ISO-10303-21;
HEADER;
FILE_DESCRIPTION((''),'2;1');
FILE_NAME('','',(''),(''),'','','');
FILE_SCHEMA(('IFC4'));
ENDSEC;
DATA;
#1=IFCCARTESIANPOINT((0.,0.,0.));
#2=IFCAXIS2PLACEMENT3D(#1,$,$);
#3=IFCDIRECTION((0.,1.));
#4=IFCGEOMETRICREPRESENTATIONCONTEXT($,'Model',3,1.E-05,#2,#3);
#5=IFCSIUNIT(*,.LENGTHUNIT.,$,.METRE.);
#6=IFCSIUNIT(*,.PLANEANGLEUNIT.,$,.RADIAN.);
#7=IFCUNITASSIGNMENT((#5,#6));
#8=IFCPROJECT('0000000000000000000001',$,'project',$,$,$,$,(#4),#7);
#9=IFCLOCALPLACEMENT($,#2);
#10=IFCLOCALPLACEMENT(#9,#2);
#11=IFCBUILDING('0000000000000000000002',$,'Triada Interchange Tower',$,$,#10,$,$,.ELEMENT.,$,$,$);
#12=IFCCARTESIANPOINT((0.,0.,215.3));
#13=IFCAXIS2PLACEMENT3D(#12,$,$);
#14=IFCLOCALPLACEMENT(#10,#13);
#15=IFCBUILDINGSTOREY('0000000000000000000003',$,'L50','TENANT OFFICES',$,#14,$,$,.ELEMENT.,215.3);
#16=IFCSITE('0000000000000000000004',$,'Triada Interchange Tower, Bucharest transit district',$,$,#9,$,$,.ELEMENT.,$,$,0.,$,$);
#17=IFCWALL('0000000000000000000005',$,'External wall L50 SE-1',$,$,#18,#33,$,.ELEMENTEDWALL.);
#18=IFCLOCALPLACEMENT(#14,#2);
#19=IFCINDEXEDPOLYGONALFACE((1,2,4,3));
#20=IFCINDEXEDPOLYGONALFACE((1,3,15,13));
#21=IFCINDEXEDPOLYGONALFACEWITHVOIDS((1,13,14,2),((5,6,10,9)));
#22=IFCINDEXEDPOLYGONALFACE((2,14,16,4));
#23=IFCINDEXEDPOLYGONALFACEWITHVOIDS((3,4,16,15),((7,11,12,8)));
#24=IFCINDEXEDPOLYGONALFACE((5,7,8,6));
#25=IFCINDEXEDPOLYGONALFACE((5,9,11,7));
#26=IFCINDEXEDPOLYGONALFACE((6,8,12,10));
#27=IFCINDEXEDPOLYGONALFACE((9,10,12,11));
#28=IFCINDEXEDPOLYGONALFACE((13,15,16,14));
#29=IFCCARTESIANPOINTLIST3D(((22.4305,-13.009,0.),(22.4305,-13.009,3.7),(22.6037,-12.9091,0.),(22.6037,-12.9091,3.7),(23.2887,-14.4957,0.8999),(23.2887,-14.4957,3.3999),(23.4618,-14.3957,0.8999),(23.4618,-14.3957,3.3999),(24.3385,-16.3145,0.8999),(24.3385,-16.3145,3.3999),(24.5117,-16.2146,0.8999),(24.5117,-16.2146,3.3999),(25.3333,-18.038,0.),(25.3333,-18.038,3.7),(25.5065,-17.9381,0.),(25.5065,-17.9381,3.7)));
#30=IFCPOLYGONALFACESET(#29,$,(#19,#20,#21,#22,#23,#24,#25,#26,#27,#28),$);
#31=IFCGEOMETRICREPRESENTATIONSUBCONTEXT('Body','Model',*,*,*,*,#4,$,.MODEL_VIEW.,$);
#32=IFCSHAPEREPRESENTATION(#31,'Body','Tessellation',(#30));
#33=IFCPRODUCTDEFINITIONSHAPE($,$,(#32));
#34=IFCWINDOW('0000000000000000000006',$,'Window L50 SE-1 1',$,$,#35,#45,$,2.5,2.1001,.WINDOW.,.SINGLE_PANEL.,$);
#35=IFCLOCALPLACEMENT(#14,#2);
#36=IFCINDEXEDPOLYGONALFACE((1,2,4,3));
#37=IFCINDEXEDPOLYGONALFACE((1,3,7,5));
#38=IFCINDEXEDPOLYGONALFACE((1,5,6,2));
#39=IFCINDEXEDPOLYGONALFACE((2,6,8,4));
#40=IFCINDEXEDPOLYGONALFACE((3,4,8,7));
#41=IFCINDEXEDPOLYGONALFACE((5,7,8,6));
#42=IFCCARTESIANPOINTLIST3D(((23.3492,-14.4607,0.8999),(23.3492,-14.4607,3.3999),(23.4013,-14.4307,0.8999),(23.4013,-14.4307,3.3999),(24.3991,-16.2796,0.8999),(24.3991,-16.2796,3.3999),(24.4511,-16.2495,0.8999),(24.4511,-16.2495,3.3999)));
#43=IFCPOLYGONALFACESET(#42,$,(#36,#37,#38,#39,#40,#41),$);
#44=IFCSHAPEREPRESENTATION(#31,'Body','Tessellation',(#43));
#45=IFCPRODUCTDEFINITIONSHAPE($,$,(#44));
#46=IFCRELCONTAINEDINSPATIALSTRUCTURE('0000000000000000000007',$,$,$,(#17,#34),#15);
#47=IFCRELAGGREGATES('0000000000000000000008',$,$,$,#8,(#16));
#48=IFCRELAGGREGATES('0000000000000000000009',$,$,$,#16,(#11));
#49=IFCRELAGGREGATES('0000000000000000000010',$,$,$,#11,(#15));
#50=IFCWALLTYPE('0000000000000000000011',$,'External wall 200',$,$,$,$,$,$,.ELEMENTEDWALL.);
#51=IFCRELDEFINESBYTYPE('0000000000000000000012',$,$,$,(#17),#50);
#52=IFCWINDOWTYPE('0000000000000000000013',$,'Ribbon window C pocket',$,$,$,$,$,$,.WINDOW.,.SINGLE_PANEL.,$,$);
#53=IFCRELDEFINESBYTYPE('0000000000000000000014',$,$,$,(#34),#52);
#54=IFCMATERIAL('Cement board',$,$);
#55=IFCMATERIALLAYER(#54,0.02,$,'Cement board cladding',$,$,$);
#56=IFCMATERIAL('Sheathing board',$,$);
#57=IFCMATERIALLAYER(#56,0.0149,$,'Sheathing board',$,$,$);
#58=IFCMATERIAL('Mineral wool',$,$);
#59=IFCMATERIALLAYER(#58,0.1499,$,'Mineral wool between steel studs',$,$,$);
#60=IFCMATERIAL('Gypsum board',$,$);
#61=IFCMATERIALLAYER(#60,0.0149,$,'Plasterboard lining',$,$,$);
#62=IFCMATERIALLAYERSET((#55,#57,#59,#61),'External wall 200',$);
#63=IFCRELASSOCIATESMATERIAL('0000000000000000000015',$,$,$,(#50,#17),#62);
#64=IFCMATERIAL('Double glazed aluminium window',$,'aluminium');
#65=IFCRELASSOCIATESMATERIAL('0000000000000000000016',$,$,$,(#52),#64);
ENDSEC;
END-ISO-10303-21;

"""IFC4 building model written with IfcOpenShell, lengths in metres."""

from ifc_helpers import new_model, si_unit, direction, frame, frame_2d, origin, place, context, subcontext, project, spatial, rectangle, extrude, material, layer, layer_set, layer_usage, type_object, element, fill, save


model = new_model("IFC4")

# Units and contexts
model_context = context("Model", 3, precision=1e-05, world=origin(), true_north=direction((0.0, 1.0)))
body_context = subcontext(model_context, "Body", "Model", "MODEL_VIEW")
ifc_project = project(units=[si_unit("LENGTHUNIT", "METRE"), si_unit("PLANEANGLEUNIT", "RADIAN")], contexts=[model_context])

# Site, building, storey
site_placement = place(None, origin())
site = spatial("IfcSite", under=ifc_project, at=site_placement, Name="Triada Interchange Tower, Bucharest transit district", CompositionType="ELEMENT", RefElevation=0.0)
building_placement = place(site_placement, origin())
building = spatial("IfcBuilding", under=site, at=building_placement, Name="Triada Interchange Tower", CompositionType="ELEMENT")
storey_placement = place(building_placement, frame((0.0, 0.0, 215.3)))
storey = spatial("IfcBuildingStorey", under=building, at=storey_placement, Name="L50", Description="TENANT OFFICES", CompositionType="ELEMENT", Elevation=215.3)

# Wall, opening, window
ifc_material_1 = material(Name="Cement board")
ifc_layer_1 = layer(ifc_material_1, 0.02, Name="Cement board cladding")
ifc_material_2 = material(Name="Sheathing board")
ifc_layer_2 = layer(ifc_material_2, 0.0149, Name="Sheathing board")
ifc_material_3 = material(Name="Mineral wool")
ifc_layer_3 = layer(ifc_material_3, 0.1499, Name="Mineral wool between steel studs")
ifc_material_4 = material(Name="Gypsum board")
ifc_layer_4 = layer(ifc_material_4, 0.0149, Name="Plasterboard lining")
ifc_layer_set_1 = layer_set([ifc_layer_1, ifc_layer_2, ifc_layer_3, ifc_layer_4], Name="External wall 200")
ifc_layer_usage = layer_usage(ifc_layer_set_1, "AXIS2", "POSITIVE", -0.1001)
wall_type = type_object("IfcWallType", Name="External wall 200", PredefinedType="ELEMENTEDWALL", material=ifc_layer_set_1)
wall_1_placement = place(storey_placement, frame((25.4199, -17.988, 0.0), z_axis=(0.0, 0.0, 1.0), x_axis=(-0.49991, 0.866077, 0.0)))
wall_1 = element("IfcWall", 1, at=wall_1_placement, inside=storey, type_object=wall_type, material=ifc_layer_usage, Name="External wall L50 SE-1", PredefinedType="ELEMENTEDWALL", context=body_context, shape_type="SweptSolid", body=[
    extrude(rectangle(XDim=5.8066, YDim=0.2, at=frame_2d((2.9033, 0.0))), origin(), (0.0, 0.0, 1.0), 3.7),
])
opening_1_placement = place(wall_1_placement, frame((1.99, 0.0, 0.8999)))
opening_1 = element("IfcOpeningElement", 2, at=opening_1_placement, cuts=wall_1, PredefinedType="OPENING", context=body_context, shape_type="SweptSolid", body=[
    extrude(rectangle(XDim=2.1001, YDim=2.5, at=frame_2d((1.05, 1.25))), frame((0.0, 0.1099, 0.0), z_axis=(0.0, -1.0, 0.0), x_axis=(1.0, 0.0, 0.0)), (0.0, 0.0, 1.0), 0.22),
])
ifc_material_5 = material(Name="Double glazed aluminium window", Category="aluminium")
window_type_1 = type_object("IfcWindowType", Name="Ribbon window C pocket", PartitioningType="SINGLE_PANEL", PredefinedType="WINDOW", material=ifc_material_5)
window_1_placement = place(opening_1_placement, origin())
window_1 = element("IfcWindow", 3, at=window_1_placement, inside=storey, type_object=window_type_1, Name="Window L50 SE-1 1", OverallHeight=2.5, OverallWidth=2.1001, PartitioningType="SINGLE_PANEL", PredefinedType="WINDOW", context=body_context, shape_type="SweptSolid", body=[
    extrude(rectangle(XDim=2.1001, YDim=2.5, at=frame_2d((1.05, 1.25))), frame((0.0, 0.03, 0.0), z_axis=(0.0, -1.0, 0.0), x_axis=(1.0, 0.0, 0.0)), (0.0, 0.0, 1.0), 0.0601),
])
fill(opening_1, window_1)

save(model, "model.ifc")
